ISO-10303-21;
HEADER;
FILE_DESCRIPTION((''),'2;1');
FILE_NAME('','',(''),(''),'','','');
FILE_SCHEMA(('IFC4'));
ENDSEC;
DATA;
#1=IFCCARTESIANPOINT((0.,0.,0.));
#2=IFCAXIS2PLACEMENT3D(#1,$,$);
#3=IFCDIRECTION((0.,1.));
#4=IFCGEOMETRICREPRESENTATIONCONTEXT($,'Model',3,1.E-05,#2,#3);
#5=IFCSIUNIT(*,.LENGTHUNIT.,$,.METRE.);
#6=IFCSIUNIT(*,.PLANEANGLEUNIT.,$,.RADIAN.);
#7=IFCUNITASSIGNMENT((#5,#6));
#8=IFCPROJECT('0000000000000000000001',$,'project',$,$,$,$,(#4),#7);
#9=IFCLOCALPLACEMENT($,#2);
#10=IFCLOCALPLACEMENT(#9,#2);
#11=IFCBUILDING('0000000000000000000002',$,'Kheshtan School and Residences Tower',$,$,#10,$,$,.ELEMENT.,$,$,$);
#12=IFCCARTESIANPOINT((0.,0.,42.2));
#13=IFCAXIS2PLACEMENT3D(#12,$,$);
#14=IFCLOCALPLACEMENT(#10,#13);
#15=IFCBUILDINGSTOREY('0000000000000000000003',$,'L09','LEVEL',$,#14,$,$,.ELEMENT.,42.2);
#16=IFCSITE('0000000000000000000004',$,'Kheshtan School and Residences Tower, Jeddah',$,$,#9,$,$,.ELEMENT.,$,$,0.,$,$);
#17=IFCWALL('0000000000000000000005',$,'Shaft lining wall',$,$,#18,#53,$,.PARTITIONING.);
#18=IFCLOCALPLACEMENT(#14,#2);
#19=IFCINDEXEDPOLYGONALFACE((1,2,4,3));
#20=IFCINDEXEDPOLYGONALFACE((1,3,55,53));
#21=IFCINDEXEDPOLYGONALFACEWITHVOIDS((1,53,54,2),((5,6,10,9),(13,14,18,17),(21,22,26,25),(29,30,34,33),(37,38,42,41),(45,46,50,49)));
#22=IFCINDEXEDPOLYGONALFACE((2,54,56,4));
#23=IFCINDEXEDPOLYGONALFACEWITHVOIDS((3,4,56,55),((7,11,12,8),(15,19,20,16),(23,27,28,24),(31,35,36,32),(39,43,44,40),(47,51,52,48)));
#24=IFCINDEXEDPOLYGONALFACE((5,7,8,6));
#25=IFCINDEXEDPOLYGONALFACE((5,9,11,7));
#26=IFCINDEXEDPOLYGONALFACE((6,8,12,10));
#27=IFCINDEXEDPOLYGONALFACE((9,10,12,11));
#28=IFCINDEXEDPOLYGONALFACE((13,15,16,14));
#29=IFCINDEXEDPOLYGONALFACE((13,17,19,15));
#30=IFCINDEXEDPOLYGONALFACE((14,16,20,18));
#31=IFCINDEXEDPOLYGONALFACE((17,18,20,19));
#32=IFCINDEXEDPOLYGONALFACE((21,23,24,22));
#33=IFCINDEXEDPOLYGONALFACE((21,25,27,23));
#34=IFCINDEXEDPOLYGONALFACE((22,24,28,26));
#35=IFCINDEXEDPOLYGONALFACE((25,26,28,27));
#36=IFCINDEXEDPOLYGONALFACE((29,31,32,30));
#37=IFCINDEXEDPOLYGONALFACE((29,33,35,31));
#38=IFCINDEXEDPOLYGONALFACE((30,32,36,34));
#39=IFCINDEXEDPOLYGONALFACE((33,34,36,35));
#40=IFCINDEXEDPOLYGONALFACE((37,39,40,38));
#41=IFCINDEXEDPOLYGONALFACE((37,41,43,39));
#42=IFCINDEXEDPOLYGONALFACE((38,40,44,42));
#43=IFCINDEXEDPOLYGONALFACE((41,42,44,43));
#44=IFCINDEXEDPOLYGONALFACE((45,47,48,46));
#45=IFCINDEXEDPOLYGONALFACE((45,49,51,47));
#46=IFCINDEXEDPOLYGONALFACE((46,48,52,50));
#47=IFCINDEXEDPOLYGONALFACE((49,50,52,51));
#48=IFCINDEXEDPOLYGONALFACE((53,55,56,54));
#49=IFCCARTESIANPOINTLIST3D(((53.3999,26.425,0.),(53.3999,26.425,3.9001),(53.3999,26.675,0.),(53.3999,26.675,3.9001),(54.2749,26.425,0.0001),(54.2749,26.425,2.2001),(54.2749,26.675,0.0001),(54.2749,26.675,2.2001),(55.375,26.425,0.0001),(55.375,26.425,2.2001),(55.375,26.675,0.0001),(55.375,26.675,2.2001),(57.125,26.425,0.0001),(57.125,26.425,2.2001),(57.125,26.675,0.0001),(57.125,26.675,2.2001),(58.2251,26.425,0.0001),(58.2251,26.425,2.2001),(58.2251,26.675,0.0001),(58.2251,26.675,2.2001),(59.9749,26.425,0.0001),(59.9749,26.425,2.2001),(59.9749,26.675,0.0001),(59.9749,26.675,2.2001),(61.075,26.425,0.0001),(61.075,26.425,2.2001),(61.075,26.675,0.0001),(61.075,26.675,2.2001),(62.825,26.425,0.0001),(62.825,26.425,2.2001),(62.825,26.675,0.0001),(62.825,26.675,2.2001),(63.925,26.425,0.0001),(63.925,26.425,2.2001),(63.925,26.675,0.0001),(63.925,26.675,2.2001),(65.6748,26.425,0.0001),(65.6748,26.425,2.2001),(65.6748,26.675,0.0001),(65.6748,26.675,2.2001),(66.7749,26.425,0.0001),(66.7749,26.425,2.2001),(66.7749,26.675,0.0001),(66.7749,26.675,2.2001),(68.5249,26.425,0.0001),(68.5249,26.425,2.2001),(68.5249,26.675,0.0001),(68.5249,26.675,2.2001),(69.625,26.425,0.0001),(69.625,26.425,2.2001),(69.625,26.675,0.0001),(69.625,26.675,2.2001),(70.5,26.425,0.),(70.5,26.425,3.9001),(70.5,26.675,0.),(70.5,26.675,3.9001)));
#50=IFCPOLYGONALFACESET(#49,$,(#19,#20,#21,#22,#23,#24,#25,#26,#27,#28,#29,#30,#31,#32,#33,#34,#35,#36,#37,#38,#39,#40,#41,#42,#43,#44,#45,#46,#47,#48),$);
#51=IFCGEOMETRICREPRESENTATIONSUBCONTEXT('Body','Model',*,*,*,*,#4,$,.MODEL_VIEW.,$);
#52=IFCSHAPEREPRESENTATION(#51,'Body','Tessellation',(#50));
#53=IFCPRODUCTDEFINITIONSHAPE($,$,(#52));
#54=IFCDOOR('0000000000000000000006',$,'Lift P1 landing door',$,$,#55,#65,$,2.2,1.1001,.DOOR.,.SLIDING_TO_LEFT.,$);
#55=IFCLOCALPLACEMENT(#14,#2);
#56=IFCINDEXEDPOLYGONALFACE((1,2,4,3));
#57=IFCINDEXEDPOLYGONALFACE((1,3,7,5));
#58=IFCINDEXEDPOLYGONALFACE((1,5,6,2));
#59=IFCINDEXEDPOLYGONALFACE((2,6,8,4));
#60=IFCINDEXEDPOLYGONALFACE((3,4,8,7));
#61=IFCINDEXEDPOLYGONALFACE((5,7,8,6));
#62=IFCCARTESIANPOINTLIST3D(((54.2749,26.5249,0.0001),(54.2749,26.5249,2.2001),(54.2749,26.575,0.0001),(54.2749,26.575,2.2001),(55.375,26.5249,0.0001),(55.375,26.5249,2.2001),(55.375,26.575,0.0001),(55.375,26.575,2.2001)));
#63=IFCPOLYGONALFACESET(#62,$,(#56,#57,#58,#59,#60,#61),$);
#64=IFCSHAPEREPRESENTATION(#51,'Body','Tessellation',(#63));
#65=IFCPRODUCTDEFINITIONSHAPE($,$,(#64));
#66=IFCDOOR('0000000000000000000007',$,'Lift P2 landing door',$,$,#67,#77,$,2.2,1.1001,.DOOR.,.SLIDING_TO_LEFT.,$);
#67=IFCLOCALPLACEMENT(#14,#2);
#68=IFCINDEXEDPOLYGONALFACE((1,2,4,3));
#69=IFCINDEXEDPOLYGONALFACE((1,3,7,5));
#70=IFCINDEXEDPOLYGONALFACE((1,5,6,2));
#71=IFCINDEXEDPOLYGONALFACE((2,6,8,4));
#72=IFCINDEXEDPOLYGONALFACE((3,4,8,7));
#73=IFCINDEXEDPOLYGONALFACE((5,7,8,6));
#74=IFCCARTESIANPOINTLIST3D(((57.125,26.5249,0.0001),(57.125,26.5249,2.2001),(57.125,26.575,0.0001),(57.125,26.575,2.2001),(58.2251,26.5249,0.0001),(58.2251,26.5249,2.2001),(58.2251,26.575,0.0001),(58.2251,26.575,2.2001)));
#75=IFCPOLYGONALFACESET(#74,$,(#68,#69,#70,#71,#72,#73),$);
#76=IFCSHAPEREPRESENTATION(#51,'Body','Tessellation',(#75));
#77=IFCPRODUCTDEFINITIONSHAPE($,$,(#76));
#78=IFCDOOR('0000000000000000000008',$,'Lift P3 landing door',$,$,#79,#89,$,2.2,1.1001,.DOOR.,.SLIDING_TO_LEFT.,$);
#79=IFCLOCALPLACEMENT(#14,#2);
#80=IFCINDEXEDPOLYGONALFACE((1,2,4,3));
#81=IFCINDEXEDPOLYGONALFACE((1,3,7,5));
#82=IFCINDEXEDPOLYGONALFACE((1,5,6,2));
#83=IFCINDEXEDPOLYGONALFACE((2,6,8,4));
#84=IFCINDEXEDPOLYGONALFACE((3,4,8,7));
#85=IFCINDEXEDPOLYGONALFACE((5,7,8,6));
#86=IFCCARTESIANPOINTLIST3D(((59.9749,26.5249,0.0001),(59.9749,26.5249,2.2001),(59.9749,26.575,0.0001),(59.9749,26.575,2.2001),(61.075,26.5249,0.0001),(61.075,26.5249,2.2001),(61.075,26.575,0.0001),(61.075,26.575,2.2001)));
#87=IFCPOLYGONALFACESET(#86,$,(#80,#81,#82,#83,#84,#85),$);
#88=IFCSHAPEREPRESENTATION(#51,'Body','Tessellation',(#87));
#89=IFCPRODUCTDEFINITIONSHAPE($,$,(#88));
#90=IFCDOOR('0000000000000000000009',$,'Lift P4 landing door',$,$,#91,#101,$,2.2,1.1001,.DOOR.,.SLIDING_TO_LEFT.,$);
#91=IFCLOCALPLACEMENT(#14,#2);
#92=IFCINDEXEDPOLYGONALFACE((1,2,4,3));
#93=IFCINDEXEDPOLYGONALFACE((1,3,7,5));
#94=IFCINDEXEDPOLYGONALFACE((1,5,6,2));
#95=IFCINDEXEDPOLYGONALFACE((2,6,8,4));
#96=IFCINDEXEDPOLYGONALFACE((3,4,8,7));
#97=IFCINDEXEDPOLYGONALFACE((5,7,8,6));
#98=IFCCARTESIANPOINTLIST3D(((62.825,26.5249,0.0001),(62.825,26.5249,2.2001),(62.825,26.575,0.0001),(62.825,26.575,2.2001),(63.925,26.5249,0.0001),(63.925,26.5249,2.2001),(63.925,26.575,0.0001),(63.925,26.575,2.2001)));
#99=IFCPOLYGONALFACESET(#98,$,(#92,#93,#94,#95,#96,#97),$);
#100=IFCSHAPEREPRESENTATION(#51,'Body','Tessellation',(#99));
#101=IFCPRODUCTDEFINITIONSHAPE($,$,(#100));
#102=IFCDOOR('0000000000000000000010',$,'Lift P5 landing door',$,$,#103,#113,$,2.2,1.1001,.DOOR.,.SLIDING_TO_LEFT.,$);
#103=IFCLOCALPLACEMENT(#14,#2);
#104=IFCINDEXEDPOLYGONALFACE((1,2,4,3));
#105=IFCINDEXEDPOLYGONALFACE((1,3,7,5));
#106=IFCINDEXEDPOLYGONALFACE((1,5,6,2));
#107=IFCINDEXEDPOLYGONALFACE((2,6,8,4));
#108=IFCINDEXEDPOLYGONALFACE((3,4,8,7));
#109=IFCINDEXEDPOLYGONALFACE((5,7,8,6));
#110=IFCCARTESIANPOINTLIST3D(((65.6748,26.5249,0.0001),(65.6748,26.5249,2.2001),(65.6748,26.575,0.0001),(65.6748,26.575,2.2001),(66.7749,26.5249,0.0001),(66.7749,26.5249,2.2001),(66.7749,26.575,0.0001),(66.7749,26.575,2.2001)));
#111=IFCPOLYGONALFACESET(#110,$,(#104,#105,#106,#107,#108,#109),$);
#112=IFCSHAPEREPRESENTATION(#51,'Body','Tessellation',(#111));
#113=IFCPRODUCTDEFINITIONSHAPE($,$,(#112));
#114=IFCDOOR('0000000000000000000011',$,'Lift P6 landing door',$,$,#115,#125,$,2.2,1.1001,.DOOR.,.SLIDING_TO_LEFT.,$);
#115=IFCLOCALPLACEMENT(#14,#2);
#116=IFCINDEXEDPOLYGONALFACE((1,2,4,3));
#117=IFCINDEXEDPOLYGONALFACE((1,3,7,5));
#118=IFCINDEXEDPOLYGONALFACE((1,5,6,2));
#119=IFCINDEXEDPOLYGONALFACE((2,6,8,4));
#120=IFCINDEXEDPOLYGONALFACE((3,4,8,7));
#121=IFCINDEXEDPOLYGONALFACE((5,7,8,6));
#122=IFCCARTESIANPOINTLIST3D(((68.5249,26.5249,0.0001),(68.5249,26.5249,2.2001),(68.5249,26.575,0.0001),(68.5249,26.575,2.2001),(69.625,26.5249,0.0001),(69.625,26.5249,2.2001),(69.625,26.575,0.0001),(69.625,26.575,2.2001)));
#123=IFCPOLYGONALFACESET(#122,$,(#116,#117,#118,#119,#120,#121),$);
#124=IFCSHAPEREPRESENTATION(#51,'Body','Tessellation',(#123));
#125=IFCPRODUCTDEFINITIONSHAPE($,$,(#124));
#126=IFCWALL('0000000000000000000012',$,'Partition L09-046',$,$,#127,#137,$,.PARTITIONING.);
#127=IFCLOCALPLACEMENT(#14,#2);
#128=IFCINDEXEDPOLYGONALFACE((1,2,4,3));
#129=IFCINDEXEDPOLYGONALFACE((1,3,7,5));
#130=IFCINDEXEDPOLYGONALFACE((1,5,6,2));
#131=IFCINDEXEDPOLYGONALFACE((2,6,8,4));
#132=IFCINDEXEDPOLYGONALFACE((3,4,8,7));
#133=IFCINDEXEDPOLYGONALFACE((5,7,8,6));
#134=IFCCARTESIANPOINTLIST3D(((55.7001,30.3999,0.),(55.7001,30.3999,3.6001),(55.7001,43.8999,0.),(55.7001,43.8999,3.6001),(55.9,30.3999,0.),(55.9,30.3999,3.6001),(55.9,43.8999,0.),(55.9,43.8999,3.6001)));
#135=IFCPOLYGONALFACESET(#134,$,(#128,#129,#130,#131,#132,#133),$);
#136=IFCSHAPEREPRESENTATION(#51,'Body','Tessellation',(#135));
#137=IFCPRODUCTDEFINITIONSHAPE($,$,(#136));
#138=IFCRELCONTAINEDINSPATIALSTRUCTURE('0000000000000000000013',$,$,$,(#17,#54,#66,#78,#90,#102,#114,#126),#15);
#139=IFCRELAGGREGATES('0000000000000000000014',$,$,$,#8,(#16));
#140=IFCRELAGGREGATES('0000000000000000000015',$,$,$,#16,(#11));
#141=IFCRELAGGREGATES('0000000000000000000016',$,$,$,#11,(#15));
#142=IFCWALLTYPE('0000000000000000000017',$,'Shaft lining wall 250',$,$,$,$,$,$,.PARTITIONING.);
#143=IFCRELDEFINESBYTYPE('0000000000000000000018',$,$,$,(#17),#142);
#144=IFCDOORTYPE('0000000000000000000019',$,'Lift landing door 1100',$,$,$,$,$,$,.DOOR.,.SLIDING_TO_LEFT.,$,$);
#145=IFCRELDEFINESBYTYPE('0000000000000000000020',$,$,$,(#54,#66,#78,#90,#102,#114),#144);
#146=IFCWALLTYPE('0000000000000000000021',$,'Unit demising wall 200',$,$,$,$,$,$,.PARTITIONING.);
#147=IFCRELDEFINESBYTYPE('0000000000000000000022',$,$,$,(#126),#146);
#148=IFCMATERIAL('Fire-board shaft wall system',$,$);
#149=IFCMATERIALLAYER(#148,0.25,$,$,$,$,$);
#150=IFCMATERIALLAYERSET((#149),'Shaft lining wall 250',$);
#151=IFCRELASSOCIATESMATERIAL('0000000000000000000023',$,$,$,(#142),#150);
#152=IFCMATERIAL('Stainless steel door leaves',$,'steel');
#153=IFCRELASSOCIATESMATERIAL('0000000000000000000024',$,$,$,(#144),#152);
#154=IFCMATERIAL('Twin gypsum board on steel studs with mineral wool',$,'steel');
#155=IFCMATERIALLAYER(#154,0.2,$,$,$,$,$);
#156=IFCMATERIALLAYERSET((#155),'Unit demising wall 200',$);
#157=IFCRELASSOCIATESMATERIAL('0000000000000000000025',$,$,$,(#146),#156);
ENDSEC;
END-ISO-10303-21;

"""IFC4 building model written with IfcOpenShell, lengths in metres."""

from ifc_helpers import new_model, si_unit, direction, frame, frame_2d, origin, place, context, subcontext, project, spatial, rectangle, extrude, source, transform, mapped, material, layer, layer_set, type_object, element, fill, save


model = new_model("IFC4")

# Units and contexts
model_context = context("Model", 3, precision=1e-05, world=origin(), true_north=direction((0.0, 1.0)))
body_context = subcontext(model_context, "Body", "Model", "MODEL_VIEW")
ifc_project = project(units=[si_unit("LENGTHUNIT", "METRE"), si_unit("PLANEANGLEUNIT", "RADIAN")], contexts=[model_context])

# Site, building, storey
site_placement = place(None, origin())
site = spatial("IfcSite", under=ifc_project, at=site_placement, Name="Kheshtan School and Residences Tower, Jeddah", CompositionType="ELEMENT", RefElevation=0.0)
building_placement = place(site_placement, origin())
building = spatial("IfcBuilding", under=site, at=building_placement, Name="Kheshtan School and Residences Tower", CompositionType="ELEMENT")
storey_placement = place(building_placement, frame((0.0, 0.0, 42.2)))
storey = spatial("IfcBuildingStorey", under=building, at=storey_placement, Name="L09", Description="LEVEL", CompositionType="ELEMENT", Elevation=42.2)

# Shared definitions
ifc_material_1 = material(Name="Fire-board shaft wall system")
ifc_layer_1 = layer(ifc_material_1, 0.25)
ifc_layer_set_1 = layer_set([ifc_layer_1], Name="Shaft lining wall 250")
wall_type_1 = type_object("IfcWallType", Name="Shaft lining wall 250", PredefinedType="PARTITIONING", material=ifc_layer_set_1)

# Wall, openings, doors
wall_1_placement = place(storey_placement, frame((53.3999, 26.55, 0.0), z_axis=(0.0, 0.0, 1.0), x_axis=(1.0, 0.0, 0.0)))
wall_1 = element("IfcWall", 1, at=wall_1_placement, inside=storey, type_object=wall_type_1, Name="Shaft lining wall", PredefinedType="PARTITIONING", context=body_context, shape_type="SweptSolid", body=[
    extrude(rectangle(XDim=17.1001, YDim=0.25, at=frame_2d((8.55, 0.0))), origin(), (0.0, 0.0, 1.0), 3.9001),
])
opening_1_placement = place(wall_1_placement, frame((0.875, 0.0, 0.0)))
opening_1 = element("IfcOpeningElement", 2, at=opening_1_placement, cuts=wall_1, PredefinedType="OPENING", context=body_context, shape_type="SweptSolid", body=[
    extrude(rectangle(XDim=1.1001, YDim=2.2, at=frame_2d((0.55, 1.1001))), frame((0.0, 0.135, 0.0), z_axis=(0.0, -1.0, 0.0), x_axis=(1.0, 0.0, 0.0)), (0.0, 0.0, 1.0), 0.27),
])
opening_2_placement = place(wall_1_placement, frame((3.7251, 0.0, 0.0)))
opening_2 = element("IfcOpeningElement", 3, at=opening_2_placement, cuts=wall_1, PredefinedType="OPENING", context=body_context, shape_type="SweptSolid", body=[
    extrude(rectangle(XDim=1.1001, YDim=2.2, at=frame_2d((0.55, 1.1001))), frame((0.0, 0.135, 0.0), z_axis=(0.0, -1.0, 0.0), x_axis=(1.0, 0.0, 0.0)), (0.0, 0.0, 1.0), 0.27),
])
opening_3_placement = place(wall_1_placement, frame((6.575, 0.0, 0.0)))
opening_3 = element("IfcOpeningElement", 4, at=opening_3_placement, cuts=wall_1, PredefinedType="OPENING", context=body_context, shape_type="SweptSolid", body=[
    extrude(rectangle(XDim=1.1001, YDim=2.2, at=frame_2d((0.55, 1.1001))), frame((0.0, 0.135, 0.0), z_axis=(0.0, -1.0, 0.0), x_axis=(1.0, 0.0, 0.0)), (0.0, 0.0, 1.0), 0.27),
])
opening_4_placement = place(wall_1_placement, frame((9.425, 0.0, 0.0)))
opening_4 = element("IfcOpeningElement", 5, at=opening_4_placement, cuts=wall_1, PredefinedType="OPENING", context=body_context, shape_type="SweptSolid", body=[
    extrude(rectangle(XDim=1.1001, YDim=2.2, at=frame_2d((0.55, 1.1001))), frame((0.0, 0.135, 0.0), z_axis=(0.0, -1.0, 0.0), x_axis=(1.0, 0.0, 0.0)), (0.0, 0.0, 1.0), 0.27),
])
opening_5_placement = place(wall_1_placement, frame((12.2749, 0.0, 0.0)))
opening_5 = element("IfcOpeningElement", 6, at=opening_5_placement, cuts=wall_1, PredefinedType="OPENING", context=body_context, shape_type="SweptSolid", body=[
    extrude(rectangle(XDim=1.1001, YDim=2.2, at=frame_2d((0.55, 1.1001))), frame((0.0, 0.135, 0.0), z_axis=(0.0, -1.0, 0.0), x_axis=(1.0, 0.0, 0.0)), (0.0, 0.0, 1.0), 0.27),
])
opening_6_placement = place(wall_1_placement, frame((15.125, 0.0, 0.0)))
opening_6 = element("IfcOpeningElement", 7, at=opening_6_placement, cuts=wall_1, PredefinedType="OPENING", context=body_context, shape_type="SweptSolid", body=[
    extrude(rectangle(XDim=1.1001, YDim=2.2, at=frame_2d((0.55, 1.1001))), frame((0.0, 0.135, 0.0), z_axis=(0.0, -1.0, 0.0), x_axis=(1.0, 0.0, 0.0)), (0.0, 0.0, 1.0), 0.27),
])
ifc_material_2 = material(Name="Stainless steel door leaves", Category="steel")
door_type_1 = type_object("IfcDoorType", Name="Lift landing door 1100", OperationType="SLIDING_TO_LEFT", PredefinedType="DOOR", material=ifc_material_2)
shared_shape_1 = source(origin(), body_context, "Body", "SweptSolid", [
    extrude(rectangle(XDim=1.1001, YDim=2.2, at=frame_2d((0.55, 1.1001))), frame((0.0, 0.0249, 0.0), z_axis=(0.0, -1.0, 0.0), x_axis=(1.0, 0.0, 0.0)), (0.0, 0.0, 1.0), 0.05),
])
door_1_placement = place(opening_1_placement, origin())
door_1 = element("IfcDoor", 8, at=door_1_placement, inside=storey, type_object=door_type_1, Name="Lift P1 landing door", OperationType="SLIDING_TO_LEFT", OverallHeight=2.2, OverallWidth=1.1001, PredefinedType="DOOR", context=body_context, shape_type="MappedRepresentation", body=[
    mapped(shared_shape_1, transform((0.0, 0.0, 0.0), x_axis=(1.0, 0.0, 0.0), y_axis=(0.0, 1.0, 0.0), z_axis=(0.0, 0.0, 1.0), scale=1.0)),
])
fill(opening_1, door_1)
door_2_placement = place(opening_2_placement, origin())
door_2 = element("IfcDoor", 9, at=door_2_placement, inside=storey, type_object=door_type_1, Name="Lift P2 landing door", OperationType="SLIDING_TO_LEFT", OverallHeight=2.2, OverallWidth=1.1001, PredefinedType="DOOR", context=body_context, shape_type="MappedRepresentation", body=[
    mapped(shared_shape_1, transform((0.0, 0.0, 0.0), x_axis=(1.0, 0.0, 0.0), y_axis=(0.0, 1.0, 0.0), z_axis=(0.0, 0.0, 1.0), scale=1.0)),
])
fill(opening_2, door_2)
door_3_placement = place(opening_3_placement, origin())
door_3 = element("IfcDoor", 10, at=door_3_placement, inside=storey, type_object=door_type_1, Name="Lift P3 landing door", OperationType="SLIDING_TO_LEFT", OverallHeight=2.2, OverallWidth=1.1001, PredefinedType="DOOR", context=body_context, shape_type="MappedRepresentation", body=[
    mapped(shared_shape_1, transform((0.0, 0.0, 0.0), x_axis=(1.0, 0.0, 0.0), y_axis=(0.0, 1.0, 0.0), z_axis=(0.0, 0.0, 1.0), scale=1.0)),
])
fill(opening_3, door_3)
door_4_placement = place(opening_4_placement, origin())
door_4 = element("IfcDoor", 11, at=door_4_placement, inside=storey, type_object=door_type_1, Name="Lift P4 landing door", OperationType="SLIDING_TO_LEFT", OverallHeight=2.2, OverallWidth=1.1001, PredefinedType="DOOR", context=body_context, shape_type="MappedRepresentation", body=[
    mapped(shared_shape_1, transform((0.0, 0.0, 0.0), x_axis=(1.0, 0.0, 0.0), y_axis=(0.0, 1.0, 0.0), z_axis=(0.0, 0.0, 1.0), scale=1.0)),
])
fill(opening_4, door_4)
door_5_placement = place(opening_5_placement, origin())
door_5 = element("IfcDoor", 12, at=door_5_placement, inside=storey, type_object=door_type_1, Name="Lift P5 landing door", OperationType="SLIDING_TO_LEFT", OverallHeight=2.2, OverallWidth=1.1001, PredefinedType="DOOR", context=body_context, shape_type="MappedRepresentation", body=[
    mapped(shared_shape_1, transform((0.0, 0.0, 0.0), x_axis=(1.0, 0.0, 0.0), y_axis=(0.0, 1.0, 0.0), z_axis=(0.0, 0.0, 1.0), scale=1.0)),
])
fill(opening_5, door_5)
door_6_placement = place(opening_6_placement, origin())
door_6 = element("IfcDoor", 13, at=door_6_placement, inside=storey, type_object=door_type_1, Name="Lift P6 landing door", OperationType="SLIDING_TO_LEFT", OverallHeight=2.2, OverallWidth=1.1001, PredefinedType="DOOR", context=body_context, shape_type="MappedRepresentation", body=[
    mapped(shared_shape_1, transform((0.0, 0.0, 0.0), x_axis=(1.0, 0.0, 0.0), y_axis=(0.0, 1.0, 0.0), z_axis=(0.0, 0.0, 1.0), scale=1.0)),
])
fill(opening_6, door_6)

# Wall
ifc_material_3 = material(Name="Twin gypsum board on steel studs with mineral wool", Category="steel")
ifc_layer_2 = layer(ifc_material_3, 0.2)
ifc_layer_set_2 = layer_set([ifc_layer_2], Name="Unit demising wall 200")
wall_type_2 = type_object("IfcWallType", Name="Unit demising wall 200", PredefinedType="PARTITIONING", material=ifc_layer_set_2)
wall_2_placement = place(storey_placement, frame((55.8, 30.3999, 0.0), z_axis=(0.0, 0.0, 1.0), x_axis=(0.0, 1.0, 0.0)))
element("IfcWall", 14, at=wall_2_placement, inside=storey, type_object=wall_type_2, Name="Partition L09-046", PredefinedType="PARTITIONING", context=body_context, shape_type="SweptSolid", body=[
    extrude(rectangle(XDim=13.5, YDim=0.2, at=frame_2d((6.75, 0.0))), origin(), (0.0, 0.0, 1.0), 3.6001),
])

save(model, "model.ifc")
